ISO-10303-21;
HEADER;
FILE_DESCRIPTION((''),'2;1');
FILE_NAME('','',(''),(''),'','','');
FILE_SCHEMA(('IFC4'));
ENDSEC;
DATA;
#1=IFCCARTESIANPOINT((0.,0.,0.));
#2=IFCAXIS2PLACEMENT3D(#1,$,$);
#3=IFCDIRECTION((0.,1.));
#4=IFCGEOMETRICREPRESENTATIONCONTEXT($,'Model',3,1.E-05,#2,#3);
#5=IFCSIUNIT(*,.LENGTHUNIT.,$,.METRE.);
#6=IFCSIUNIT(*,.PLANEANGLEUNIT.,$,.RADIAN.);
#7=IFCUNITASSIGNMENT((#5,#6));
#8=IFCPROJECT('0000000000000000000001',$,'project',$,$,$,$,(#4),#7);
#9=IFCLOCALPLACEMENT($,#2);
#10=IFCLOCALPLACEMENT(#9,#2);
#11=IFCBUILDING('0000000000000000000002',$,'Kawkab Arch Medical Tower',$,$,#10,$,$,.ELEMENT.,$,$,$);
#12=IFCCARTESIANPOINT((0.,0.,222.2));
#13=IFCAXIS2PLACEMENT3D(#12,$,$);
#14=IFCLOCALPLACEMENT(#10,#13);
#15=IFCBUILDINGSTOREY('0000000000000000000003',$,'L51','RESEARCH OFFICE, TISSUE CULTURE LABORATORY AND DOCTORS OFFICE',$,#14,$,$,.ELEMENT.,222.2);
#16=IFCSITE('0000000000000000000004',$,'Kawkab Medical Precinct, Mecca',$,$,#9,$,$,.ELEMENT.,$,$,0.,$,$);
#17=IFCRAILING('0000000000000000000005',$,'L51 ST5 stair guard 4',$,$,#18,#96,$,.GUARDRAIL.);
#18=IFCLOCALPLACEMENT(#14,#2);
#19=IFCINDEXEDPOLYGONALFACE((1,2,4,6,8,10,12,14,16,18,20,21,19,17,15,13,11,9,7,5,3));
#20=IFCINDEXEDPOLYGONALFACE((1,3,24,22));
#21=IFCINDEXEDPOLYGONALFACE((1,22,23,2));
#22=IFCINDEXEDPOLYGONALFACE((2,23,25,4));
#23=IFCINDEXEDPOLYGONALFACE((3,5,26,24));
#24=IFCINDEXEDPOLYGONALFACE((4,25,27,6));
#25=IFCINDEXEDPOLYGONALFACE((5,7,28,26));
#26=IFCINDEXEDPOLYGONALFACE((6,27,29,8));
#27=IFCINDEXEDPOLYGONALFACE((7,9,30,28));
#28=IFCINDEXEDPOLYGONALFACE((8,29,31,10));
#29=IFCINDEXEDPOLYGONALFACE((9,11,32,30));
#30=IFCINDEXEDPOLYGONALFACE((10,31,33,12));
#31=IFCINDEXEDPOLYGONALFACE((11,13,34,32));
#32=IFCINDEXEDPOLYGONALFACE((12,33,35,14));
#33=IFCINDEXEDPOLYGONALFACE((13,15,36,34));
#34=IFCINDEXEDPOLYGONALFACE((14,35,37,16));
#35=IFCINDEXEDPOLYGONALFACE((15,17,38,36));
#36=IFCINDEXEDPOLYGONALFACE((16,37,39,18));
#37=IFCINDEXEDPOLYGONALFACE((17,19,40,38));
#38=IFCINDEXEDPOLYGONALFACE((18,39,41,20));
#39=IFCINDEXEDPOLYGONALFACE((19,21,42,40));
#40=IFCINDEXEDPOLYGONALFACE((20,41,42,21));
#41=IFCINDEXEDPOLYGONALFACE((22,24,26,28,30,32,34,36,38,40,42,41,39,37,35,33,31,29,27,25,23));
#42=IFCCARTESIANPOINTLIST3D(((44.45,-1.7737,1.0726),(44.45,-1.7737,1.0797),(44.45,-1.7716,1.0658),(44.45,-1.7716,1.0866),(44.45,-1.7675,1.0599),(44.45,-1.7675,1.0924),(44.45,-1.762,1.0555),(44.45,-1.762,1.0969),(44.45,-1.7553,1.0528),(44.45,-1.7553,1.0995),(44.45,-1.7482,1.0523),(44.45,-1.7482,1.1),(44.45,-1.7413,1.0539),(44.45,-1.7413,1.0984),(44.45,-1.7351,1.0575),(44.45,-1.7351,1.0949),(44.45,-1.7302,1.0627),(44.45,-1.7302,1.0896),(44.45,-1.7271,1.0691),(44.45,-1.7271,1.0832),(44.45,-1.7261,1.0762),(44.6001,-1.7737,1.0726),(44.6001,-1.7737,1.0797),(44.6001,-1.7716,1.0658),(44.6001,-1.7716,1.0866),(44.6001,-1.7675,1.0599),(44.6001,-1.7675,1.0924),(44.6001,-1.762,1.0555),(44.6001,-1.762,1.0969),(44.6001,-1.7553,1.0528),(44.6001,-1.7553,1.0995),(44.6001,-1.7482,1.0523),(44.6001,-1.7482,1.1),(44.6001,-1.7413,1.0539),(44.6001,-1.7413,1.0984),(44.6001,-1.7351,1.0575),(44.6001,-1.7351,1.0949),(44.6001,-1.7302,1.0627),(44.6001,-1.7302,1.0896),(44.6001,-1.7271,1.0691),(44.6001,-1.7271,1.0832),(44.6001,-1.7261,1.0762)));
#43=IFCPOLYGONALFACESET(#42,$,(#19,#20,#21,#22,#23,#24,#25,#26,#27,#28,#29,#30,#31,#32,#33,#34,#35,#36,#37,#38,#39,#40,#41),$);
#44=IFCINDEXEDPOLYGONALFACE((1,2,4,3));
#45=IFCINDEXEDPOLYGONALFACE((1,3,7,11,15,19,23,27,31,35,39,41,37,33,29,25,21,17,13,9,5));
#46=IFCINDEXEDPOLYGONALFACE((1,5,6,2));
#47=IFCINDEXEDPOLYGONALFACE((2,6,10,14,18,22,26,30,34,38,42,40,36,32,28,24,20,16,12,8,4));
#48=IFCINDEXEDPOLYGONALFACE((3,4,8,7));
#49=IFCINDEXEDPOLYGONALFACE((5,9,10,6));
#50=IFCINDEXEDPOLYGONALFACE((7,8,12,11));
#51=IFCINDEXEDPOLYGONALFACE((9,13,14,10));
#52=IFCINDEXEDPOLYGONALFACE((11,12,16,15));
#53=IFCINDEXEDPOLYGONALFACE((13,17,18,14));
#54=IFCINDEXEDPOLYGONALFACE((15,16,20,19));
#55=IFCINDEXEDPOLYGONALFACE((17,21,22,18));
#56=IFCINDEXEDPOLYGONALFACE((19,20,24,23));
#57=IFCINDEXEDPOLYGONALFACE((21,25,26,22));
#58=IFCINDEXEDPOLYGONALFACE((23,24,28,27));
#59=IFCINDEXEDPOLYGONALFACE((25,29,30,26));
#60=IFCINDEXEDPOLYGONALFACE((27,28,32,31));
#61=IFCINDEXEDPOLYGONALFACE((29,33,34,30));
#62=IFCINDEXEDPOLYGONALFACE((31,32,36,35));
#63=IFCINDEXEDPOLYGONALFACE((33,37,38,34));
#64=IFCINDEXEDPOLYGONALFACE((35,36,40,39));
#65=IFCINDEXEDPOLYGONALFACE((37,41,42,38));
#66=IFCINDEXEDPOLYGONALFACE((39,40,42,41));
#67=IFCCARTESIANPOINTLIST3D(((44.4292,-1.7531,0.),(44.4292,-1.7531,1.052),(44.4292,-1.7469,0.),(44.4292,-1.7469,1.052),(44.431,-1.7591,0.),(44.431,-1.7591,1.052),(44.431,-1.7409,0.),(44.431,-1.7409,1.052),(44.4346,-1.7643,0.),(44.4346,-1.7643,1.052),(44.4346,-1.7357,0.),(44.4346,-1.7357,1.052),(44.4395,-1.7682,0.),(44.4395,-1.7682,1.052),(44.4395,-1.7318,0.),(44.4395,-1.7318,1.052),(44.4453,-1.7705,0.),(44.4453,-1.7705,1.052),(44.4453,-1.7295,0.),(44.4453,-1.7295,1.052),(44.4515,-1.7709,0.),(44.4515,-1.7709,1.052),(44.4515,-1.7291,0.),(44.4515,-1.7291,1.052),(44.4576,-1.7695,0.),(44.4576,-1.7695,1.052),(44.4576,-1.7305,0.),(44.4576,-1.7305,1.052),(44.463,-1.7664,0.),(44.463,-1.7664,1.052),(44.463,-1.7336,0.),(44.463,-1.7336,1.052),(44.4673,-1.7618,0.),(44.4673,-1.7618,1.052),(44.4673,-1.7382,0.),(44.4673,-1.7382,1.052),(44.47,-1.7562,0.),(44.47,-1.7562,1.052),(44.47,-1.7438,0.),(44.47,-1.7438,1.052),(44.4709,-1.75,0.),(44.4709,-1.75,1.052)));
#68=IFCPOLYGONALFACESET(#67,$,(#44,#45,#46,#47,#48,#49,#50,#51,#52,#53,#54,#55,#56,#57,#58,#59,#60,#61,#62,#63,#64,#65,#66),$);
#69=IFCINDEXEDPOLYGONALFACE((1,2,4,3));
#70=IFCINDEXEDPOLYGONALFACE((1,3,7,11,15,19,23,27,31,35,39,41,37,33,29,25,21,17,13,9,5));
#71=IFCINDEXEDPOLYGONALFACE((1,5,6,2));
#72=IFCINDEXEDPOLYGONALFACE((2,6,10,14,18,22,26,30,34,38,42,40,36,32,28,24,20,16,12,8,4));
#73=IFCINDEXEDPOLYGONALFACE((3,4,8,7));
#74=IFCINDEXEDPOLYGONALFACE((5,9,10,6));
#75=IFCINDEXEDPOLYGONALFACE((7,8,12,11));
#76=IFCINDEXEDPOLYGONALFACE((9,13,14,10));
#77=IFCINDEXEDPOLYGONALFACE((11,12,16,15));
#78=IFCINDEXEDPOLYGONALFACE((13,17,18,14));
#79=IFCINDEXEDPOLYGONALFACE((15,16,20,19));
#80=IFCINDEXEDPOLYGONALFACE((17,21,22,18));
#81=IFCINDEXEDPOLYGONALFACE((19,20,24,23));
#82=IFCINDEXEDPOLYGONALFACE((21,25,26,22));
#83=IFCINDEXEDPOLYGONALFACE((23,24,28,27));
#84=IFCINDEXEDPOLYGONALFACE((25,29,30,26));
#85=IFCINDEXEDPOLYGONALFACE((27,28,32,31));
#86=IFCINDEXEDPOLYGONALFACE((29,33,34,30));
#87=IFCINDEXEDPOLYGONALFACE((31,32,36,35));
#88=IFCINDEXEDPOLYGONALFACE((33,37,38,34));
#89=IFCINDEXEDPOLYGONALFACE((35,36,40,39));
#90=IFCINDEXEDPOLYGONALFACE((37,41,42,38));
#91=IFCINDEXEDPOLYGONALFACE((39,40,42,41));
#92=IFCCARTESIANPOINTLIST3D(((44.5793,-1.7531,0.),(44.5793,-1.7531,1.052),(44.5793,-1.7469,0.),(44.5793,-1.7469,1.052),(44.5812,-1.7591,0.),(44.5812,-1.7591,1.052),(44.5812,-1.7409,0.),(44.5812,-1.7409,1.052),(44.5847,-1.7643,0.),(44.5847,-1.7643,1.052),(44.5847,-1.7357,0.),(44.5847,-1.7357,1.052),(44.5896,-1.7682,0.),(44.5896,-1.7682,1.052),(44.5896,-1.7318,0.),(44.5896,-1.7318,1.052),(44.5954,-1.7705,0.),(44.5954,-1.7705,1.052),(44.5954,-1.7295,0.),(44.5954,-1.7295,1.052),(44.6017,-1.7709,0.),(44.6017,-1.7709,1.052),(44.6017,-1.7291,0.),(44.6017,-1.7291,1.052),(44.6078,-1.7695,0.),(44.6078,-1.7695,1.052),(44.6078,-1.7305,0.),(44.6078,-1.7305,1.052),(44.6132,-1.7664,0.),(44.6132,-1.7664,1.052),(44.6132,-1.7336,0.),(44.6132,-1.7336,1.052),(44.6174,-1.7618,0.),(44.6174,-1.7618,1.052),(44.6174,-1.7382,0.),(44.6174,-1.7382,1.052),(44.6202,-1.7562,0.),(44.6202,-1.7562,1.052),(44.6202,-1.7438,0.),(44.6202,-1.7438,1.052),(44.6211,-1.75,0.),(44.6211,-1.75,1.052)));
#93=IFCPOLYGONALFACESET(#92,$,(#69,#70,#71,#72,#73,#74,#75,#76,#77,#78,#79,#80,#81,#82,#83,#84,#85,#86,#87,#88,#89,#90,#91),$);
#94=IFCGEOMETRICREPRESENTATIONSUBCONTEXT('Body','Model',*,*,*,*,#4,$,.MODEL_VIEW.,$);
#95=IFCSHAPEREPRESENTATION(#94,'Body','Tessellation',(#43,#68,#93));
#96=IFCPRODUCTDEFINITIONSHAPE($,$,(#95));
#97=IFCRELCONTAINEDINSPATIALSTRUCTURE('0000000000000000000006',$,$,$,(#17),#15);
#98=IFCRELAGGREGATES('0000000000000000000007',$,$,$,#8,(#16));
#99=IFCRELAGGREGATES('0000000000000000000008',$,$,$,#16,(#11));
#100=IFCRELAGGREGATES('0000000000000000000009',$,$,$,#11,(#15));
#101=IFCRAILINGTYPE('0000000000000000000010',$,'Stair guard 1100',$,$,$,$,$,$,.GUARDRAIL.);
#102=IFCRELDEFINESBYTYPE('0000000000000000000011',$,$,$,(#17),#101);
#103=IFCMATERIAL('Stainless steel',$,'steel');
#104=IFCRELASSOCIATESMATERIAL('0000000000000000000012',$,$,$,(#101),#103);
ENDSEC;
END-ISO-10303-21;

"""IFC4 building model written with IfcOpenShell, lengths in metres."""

from ifc_helpers import new_model, si_unit, direction, frame, origin, origin_2d, place, context, subcontext, project, spatial, circle, extrude, material, type_object, element, save


model = new_model("IFC4")

# Units and contexts
model_context = context("Model", 3, precision=1e-05, world=origin(), true_north=direction((0.0, 1.0)))
body_context = subcontext(model_context, "Body", "Model", "MODEL_VIEW")
ifc_project = project(units=[si_unit("LENGTHUNIT", "METRE"), si_unit("PLANEANGLEUNIT", "RADIAN")], contexts=[model_context])

# Site, building, storey
site_placement = place(None, origin())
site = spatial("IfcSite", under=ifc_project, at=site_placement, Name="Kawkab Medical Precinct, Mecca", CompositionType="ELEMENT", RefElevation=0.0)
building_placement = place(site_placement, origin())
building = spatial("IfcBuilding", under=site, at=building_placement, Name="Kawkab Arch Medical Tower", CompositionType="ELEMENT")
storey_placement = place(building_placement, frame((0.0, 0.0, 222.2)))
storey = spatial("IfcBuildingStorey", under=building, at=storey_placement, Name="L51", Description="RESEARCH OFFICE, TISSUE CULTURE LABORATORY AND DOCTORS OFFICE", CompositionType="ELEMENT", Elevation=222.2)

# Railing
ifc_material_1 = material(Name="Stainless steel", Category="steel")
railing_type_1 = type_object("IfcRailingType", Name="Stair guard 1100", PredefinedType="GUARDRAIL", material=ifc_material_1)
railing_1_placement = place(storey_placement, frame((44.45, -1.75, 0.0)))
element("IfcRailing", 1, at=railing_1_placement, inside=storey, type_object=railing_type_1, Name="L51 ST5 stair guard 4", PredefinedType="GUARDRAIL", context=body_context, shape_type="SweptSolid", body=[
    extrude(circle(Radius=0.0239, at=origin_2d()), frame((0.0, 0.0, 1.0762), z_axis=(1.0, 0.0, 0.0), x_axis=(0.0, 1.0, 0.0)), (0.0, 0.0, 1.0), 0.1501),
    extrude(circle(Radius=0.021, at=origin_2d()), origin(), (0.0, 0.0, 1.0), 1.052),
    extrude(circle(Radius=0.021, at=origin_2d()), frame((0.1501, 0.0, 0.0)), (0.0, 0.0, 1.0), 1.052),
])

save(model, "model.ifc")
